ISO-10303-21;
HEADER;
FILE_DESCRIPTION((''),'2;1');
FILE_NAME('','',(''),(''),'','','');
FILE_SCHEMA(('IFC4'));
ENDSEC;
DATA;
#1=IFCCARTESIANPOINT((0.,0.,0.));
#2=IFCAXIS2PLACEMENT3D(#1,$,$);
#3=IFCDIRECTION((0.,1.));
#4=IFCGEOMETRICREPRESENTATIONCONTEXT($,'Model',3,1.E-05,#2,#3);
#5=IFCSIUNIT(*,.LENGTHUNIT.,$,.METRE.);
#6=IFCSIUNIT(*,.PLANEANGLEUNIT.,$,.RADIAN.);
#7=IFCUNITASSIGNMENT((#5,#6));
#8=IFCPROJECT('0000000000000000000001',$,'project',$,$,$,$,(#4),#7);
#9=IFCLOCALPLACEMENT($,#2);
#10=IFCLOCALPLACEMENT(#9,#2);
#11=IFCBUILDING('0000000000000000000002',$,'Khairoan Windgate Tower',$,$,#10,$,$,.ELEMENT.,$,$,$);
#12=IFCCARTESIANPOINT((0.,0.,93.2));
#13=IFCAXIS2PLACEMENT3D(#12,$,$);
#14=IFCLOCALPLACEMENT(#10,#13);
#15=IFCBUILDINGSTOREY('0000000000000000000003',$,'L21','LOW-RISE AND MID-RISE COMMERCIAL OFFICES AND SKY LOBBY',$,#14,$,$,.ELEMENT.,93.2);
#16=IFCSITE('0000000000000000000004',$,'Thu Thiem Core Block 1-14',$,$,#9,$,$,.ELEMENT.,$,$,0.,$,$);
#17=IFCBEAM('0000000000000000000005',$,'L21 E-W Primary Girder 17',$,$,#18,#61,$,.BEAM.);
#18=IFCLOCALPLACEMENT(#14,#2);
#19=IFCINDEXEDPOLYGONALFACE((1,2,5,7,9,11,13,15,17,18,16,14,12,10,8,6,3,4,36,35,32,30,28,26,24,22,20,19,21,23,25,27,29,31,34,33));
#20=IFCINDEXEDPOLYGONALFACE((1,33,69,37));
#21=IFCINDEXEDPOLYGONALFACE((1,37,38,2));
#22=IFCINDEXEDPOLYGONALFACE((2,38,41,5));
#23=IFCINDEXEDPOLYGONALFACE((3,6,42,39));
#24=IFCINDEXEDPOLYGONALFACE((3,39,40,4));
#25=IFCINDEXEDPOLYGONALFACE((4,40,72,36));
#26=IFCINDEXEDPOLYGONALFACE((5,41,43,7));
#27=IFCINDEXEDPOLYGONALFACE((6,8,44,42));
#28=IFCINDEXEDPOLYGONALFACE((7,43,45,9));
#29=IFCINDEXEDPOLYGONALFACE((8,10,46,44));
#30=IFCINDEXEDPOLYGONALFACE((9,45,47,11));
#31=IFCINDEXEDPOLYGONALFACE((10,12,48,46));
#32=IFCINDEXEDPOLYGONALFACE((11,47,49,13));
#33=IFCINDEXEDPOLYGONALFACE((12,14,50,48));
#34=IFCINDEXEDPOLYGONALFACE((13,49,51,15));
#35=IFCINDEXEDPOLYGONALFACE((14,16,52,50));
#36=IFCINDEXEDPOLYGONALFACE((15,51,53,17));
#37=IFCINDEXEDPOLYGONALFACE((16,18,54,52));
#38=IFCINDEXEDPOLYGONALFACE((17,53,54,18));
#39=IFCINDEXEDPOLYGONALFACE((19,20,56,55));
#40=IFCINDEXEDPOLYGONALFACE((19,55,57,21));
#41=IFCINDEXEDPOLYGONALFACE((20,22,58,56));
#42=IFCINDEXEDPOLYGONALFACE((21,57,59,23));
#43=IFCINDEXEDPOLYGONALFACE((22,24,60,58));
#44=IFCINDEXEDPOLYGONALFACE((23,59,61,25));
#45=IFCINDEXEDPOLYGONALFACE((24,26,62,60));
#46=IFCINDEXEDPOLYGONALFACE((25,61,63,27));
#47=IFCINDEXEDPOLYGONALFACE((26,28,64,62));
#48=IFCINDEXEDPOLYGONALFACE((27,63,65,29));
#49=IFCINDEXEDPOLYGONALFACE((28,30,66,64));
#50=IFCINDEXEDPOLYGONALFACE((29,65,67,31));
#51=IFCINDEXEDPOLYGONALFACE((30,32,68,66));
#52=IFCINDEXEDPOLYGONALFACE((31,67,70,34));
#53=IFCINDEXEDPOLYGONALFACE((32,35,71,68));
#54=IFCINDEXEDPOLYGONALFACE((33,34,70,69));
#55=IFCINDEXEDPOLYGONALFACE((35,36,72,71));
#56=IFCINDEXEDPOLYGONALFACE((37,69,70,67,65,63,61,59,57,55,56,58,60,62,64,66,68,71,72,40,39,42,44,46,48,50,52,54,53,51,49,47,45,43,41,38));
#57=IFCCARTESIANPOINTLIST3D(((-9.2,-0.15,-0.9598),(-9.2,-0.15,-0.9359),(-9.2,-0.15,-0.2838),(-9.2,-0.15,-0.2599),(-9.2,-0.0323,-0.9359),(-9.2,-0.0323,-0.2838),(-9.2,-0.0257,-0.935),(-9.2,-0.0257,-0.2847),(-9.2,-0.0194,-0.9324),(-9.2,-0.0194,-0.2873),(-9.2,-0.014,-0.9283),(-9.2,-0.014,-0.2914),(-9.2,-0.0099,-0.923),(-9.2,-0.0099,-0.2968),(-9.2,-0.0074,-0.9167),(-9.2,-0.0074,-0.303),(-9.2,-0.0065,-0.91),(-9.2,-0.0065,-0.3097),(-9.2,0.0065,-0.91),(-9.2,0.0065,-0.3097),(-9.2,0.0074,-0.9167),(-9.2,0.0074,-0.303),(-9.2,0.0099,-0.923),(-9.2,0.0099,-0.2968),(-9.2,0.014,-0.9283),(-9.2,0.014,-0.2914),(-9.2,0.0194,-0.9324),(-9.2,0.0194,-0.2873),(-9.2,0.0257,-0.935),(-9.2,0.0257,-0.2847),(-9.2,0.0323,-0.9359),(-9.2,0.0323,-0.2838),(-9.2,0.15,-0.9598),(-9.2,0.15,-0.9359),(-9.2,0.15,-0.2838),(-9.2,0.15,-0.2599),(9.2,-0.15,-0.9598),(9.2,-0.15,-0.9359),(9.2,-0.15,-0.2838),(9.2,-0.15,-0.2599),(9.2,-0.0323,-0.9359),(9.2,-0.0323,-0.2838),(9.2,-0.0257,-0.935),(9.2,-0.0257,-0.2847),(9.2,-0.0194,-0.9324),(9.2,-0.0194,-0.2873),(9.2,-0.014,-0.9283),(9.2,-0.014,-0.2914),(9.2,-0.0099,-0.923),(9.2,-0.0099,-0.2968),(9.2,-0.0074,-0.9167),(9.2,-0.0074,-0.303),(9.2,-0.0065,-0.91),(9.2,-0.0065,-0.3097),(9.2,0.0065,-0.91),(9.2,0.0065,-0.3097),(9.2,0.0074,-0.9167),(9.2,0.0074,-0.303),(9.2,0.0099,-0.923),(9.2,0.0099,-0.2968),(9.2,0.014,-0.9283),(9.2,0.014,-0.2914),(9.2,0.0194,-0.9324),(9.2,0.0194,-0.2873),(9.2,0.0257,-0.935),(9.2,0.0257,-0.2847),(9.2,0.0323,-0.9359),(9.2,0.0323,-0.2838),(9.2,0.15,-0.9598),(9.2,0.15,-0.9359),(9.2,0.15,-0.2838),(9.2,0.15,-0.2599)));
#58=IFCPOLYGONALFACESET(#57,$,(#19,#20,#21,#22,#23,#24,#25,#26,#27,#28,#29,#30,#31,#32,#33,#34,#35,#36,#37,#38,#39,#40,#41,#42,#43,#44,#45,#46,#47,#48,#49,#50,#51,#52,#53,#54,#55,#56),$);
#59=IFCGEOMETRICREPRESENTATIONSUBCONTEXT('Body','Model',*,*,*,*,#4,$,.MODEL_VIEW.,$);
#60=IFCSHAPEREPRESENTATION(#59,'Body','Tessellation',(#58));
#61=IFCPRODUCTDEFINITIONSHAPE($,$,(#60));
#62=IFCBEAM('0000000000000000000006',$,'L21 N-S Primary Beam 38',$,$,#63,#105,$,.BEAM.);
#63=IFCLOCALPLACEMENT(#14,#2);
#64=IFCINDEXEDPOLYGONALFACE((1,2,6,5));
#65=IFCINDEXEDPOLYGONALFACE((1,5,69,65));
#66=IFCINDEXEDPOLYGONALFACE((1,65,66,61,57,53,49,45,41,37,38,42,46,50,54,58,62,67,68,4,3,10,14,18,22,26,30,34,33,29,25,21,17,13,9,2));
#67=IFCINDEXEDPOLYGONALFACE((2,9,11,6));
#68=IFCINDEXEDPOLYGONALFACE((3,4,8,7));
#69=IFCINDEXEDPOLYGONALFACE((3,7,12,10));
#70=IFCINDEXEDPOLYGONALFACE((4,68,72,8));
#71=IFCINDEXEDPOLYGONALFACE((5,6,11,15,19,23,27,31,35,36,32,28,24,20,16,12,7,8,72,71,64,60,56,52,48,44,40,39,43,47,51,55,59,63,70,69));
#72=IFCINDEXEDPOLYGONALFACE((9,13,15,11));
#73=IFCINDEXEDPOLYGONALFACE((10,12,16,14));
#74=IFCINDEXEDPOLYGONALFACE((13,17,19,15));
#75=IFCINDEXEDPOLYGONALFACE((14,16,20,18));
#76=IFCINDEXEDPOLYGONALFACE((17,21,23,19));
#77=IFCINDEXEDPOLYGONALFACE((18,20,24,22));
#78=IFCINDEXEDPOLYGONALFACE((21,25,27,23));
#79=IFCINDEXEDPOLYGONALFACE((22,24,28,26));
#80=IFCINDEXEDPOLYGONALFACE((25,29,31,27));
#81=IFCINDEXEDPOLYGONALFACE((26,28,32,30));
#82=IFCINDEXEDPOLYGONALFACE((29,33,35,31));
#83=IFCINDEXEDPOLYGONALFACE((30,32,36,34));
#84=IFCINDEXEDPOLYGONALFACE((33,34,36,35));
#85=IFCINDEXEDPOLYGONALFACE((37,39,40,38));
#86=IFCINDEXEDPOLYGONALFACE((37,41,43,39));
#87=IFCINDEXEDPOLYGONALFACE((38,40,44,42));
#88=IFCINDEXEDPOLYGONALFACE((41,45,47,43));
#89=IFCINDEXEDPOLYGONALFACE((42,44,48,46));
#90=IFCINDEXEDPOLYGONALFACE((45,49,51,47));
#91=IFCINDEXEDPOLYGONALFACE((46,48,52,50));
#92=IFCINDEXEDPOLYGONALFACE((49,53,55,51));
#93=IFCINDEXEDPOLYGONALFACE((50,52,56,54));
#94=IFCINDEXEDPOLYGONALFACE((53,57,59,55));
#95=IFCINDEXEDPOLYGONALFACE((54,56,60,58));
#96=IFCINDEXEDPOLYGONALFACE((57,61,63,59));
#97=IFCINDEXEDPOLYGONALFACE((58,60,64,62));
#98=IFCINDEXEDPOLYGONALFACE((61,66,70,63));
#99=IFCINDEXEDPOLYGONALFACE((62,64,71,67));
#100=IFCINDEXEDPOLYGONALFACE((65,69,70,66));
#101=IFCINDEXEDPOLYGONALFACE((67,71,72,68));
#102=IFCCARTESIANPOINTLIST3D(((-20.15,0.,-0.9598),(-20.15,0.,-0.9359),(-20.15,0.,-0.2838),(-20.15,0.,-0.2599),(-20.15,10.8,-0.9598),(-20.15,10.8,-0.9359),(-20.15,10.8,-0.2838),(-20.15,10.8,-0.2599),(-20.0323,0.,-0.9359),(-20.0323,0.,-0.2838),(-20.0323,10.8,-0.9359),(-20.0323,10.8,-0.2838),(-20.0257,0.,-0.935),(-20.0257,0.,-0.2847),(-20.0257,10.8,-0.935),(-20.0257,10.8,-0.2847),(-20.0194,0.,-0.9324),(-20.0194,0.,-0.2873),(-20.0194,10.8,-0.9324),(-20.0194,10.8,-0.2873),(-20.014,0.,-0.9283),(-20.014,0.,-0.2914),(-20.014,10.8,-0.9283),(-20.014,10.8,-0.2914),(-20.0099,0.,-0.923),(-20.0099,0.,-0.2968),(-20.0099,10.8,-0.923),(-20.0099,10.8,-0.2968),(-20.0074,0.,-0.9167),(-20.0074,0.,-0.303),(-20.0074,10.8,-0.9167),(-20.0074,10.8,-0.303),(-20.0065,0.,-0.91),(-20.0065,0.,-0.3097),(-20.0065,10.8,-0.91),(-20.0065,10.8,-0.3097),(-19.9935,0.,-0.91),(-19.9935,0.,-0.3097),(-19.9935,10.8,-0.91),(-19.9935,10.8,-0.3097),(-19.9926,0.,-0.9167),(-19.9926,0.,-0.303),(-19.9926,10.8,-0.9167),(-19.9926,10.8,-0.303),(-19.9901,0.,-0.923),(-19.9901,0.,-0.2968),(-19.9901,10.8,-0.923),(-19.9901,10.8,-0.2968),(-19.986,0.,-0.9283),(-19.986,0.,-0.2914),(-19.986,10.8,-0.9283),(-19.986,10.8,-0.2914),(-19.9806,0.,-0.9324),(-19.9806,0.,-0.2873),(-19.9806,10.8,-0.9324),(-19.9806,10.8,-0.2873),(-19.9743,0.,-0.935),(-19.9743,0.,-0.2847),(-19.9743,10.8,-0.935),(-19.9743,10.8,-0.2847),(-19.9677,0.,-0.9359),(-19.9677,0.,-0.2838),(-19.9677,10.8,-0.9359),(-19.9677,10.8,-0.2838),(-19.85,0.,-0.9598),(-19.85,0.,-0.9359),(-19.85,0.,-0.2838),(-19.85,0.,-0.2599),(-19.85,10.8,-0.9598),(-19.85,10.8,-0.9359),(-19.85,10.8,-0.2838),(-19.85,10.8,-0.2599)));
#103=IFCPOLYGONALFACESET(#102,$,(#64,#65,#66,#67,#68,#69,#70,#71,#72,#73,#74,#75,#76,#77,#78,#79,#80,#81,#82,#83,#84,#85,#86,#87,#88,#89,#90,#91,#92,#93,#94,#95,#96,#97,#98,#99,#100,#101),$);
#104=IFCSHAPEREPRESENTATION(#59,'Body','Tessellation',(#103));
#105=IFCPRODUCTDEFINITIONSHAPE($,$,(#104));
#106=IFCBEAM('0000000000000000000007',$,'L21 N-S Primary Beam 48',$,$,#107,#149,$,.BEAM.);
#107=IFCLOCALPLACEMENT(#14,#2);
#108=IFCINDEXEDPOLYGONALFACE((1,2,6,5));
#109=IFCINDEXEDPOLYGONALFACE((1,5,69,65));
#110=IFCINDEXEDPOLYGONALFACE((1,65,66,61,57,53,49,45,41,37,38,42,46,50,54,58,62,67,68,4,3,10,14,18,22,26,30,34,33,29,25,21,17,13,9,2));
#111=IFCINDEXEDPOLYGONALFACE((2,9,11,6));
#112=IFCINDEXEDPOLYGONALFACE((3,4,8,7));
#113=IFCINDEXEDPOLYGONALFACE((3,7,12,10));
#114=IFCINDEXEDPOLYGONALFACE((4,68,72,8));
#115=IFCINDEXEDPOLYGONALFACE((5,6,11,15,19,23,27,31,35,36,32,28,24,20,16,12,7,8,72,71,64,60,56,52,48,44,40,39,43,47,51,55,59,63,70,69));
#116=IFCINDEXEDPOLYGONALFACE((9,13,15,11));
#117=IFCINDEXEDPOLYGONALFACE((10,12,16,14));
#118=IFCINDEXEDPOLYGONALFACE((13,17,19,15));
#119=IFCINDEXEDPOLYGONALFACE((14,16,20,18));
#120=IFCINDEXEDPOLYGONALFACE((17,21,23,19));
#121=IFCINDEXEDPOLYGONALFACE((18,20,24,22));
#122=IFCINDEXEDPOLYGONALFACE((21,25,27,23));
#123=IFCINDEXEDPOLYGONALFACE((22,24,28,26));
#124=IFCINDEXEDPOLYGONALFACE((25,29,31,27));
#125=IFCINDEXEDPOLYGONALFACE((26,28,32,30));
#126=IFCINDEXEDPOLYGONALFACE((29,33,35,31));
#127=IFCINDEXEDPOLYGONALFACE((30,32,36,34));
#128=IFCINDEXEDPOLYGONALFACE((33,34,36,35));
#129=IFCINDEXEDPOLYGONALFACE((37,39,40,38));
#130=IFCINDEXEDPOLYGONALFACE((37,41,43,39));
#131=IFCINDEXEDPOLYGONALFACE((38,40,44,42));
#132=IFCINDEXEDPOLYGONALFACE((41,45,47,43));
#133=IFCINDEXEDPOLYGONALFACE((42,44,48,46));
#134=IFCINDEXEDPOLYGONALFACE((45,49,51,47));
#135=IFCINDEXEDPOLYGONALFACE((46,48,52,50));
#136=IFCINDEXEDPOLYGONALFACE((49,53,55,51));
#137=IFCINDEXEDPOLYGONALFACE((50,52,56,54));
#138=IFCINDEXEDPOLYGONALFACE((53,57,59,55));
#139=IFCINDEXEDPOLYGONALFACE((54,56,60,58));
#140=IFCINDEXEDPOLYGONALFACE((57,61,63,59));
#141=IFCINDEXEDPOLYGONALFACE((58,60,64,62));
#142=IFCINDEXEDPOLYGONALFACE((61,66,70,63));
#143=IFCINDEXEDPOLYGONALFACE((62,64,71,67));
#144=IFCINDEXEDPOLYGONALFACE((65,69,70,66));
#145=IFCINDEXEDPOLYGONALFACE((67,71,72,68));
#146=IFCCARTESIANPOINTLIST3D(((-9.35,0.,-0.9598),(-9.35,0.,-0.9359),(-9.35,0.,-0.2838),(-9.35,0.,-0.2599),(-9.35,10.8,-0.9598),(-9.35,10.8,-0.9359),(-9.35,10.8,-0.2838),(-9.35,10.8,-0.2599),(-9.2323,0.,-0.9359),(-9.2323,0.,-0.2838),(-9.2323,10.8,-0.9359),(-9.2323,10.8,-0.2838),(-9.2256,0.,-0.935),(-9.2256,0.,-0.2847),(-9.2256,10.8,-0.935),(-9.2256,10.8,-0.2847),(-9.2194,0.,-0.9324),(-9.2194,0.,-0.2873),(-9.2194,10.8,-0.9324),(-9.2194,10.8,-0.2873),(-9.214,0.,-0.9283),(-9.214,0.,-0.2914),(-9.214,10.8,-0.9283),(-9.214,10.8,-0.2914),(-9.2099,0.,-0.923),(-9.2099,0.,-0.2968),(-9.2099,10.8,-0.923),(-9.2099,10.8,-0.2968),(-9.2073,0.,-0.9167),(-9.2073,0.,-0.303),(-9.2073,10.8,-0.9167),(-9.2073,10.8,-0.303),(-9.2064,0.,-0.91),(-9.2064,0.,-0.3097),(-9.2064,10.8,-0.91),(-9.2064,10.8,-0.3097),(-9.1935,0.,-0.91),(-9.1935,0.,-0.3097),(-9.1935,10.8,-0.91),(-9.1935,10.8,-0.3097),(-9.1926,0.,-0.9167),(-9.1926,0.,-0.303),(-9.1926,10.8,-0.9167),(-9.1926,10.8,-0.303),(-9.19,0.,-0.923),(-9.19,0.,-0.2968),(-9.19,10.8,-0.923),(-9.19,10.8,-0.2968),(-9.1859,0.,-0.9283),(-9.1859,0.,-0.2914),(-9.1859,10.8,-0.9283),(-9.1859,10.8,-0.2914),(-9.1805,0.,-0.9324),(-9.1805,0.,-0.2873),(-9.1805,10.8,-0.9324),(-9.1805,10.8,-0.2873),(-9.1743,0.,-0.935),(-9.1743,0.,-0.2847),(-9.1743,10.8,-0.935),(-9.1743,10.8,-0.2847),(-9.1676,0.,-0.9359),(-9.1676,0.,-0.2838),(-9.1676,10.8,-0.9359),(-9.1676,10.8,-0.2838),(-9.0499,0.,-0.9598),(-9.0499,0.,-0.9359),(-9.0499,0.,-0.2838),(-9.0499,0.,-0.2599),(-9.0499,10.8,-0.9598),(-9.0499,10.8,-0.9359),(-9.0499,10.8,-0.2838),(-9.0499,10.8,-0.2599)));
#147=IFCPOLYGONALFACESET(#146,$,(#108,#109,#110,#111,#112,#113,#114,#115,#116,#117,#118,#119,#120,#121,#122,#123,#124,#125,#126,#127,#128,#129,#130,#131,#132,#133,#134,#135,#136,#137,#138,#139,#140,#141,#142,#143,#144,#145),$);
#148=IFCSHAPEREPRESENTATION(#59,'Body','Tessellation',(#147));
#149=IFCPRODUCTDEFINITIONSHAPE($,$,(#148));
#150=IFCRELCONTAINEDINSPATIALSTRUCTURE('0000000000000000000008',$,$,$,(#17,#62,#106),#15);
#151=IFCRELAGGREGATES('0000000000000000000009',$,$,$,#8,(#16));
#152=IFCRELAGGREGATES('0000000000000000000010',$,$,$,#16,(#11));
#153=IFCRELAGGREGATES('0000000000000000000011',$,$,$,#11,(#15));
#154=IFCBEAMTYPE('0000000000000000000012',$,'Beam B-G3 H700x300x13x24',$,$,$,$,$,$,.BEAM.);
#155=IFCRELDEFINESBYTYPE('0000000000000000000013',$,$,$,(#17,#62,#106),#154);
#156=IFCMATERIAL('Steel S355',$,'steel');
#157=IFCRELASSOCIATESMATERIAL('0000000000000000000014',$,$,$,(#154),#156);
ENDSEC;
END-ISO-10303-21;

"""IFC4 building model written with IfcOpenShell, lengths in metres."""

from ifc_helpers import new_model, si_unit, direction, frame, origin, origin_2d, place, context, subcontext, project, spatial, i_section, extrude, material, material_profile, profile_set, type_object, element, save


model = new_model("IFC4")

# Units and contexts
model_context = context("Model", 3, precision=1e-05, world=origin(), true_north=direction((0.0, 1.0)))
body_context = subcontext(model_context, "Body", "Model", "MODEL_VIEW")
ifc_project = project(units=[si_unit("LENGTHUNIT", "METRE"), si_unit("PLANEANGLEUNIT", "RADIAN")], contexts=[model_context])

# Site, building, storey
site_placement = place(None, origin())
site = spatial("IfcSite", under=ifc_project, at=site_placement, Name="Thu Thiem Core Block 1-14", CompositionType="ELEMENT", RefElevation=0.0)
building_placement = place(site_placement, origin())
building = spatial("IfcBuilding", under=site, at=building_placement, Name="Khairoan Windgate Tower", CompositionType="ELEMENT")
storey_placement = place(building_placement, frame((0.0, 0.0, 93.2)))
storey = spatial("IfcBuildingStorey", under=building, at=storey_placement, Name="L21", Description="LOW-RISE AND MID-RISE COMMERCIAL OFFICES AND SKY LOBBY", CompositionType="ELEMENT", Elevation=93.2)

# Beams
ifc_material_1 = material(Name="Steel S355", Category="steel")
ifc_material_profile_1 = material_profile(ifc_material_1, i_section(OverallWidth=0.3, OverallDepth=0.7, WebThickness=0.0129, FlangeThickness=0.0239, FilletRadius=0.0259, at=origin_2d()))
ifc_profile_set_1 = profile_set([ifc_material_profile_1], Name="Steel S355")
beam_type_1 = type_object("IfcBeamType", Name="Beam B-G3 H700x300x13x24", PredefinedType="BEAM", material=ifc_profile_set_1)
beam_1_placement = place(storey_placement, frame((-9.2, 0.0, -0.6099), z_axis=(1.0, 0.0, 0.0), x_axis=(0.0, 1.0, 0.0)))
element("IfcBeam", 1, at=beam_1_placement, inside=storey, type_object=beam_type_1, Name="L21 E-W Primary Girder 17", PredefinedType="BEAM", context=body_context, shape_type="SweptSolid", body=[
    extrude(i_section(OverallWidth=0.3, OverallDepth=0.7, WebThickness=0.0129, FlangeThickness=0.0239, FilletRadius=0.0259, at=origin_2d()), origin(), (0.0, 0.0, 1.0), 18.3999),
])
for number, where, z_axis, x_axis, name in (
    (2, (-20.0, 0.0, -0.6099), (0.0, 1.0, 0.0), (-1.0, 0.0, 0.0), "L21 N-S Primary Beam 38"),
    (3, (-9.2, 0.0, -0.6099), (0.0, 1.0, 0.0), (-1.0, 0.0, 0.0), "L21 N-S Primary Beam 48"),
):
    element("IfcBeam", number, at=place(storey_placement, frame(where, z_axis=z_axis, x_axis=x_axis)), inside=storey, type_object=beam_type_1, Name=name, PredefinedType="BEAM", context=body_context, shape_type="SweptSolid", body=[
        extrude(i_section(OverallWidth=0.3, OverallDepth=0.7, WebThickness=0.0129, FlangeThickness=0.0239, FilletRadius=0.0259, at=origin_2d()), origin(), (0.0, 0.0, 1.0), 10.8),
    ])

save(model, "model.ifc")
